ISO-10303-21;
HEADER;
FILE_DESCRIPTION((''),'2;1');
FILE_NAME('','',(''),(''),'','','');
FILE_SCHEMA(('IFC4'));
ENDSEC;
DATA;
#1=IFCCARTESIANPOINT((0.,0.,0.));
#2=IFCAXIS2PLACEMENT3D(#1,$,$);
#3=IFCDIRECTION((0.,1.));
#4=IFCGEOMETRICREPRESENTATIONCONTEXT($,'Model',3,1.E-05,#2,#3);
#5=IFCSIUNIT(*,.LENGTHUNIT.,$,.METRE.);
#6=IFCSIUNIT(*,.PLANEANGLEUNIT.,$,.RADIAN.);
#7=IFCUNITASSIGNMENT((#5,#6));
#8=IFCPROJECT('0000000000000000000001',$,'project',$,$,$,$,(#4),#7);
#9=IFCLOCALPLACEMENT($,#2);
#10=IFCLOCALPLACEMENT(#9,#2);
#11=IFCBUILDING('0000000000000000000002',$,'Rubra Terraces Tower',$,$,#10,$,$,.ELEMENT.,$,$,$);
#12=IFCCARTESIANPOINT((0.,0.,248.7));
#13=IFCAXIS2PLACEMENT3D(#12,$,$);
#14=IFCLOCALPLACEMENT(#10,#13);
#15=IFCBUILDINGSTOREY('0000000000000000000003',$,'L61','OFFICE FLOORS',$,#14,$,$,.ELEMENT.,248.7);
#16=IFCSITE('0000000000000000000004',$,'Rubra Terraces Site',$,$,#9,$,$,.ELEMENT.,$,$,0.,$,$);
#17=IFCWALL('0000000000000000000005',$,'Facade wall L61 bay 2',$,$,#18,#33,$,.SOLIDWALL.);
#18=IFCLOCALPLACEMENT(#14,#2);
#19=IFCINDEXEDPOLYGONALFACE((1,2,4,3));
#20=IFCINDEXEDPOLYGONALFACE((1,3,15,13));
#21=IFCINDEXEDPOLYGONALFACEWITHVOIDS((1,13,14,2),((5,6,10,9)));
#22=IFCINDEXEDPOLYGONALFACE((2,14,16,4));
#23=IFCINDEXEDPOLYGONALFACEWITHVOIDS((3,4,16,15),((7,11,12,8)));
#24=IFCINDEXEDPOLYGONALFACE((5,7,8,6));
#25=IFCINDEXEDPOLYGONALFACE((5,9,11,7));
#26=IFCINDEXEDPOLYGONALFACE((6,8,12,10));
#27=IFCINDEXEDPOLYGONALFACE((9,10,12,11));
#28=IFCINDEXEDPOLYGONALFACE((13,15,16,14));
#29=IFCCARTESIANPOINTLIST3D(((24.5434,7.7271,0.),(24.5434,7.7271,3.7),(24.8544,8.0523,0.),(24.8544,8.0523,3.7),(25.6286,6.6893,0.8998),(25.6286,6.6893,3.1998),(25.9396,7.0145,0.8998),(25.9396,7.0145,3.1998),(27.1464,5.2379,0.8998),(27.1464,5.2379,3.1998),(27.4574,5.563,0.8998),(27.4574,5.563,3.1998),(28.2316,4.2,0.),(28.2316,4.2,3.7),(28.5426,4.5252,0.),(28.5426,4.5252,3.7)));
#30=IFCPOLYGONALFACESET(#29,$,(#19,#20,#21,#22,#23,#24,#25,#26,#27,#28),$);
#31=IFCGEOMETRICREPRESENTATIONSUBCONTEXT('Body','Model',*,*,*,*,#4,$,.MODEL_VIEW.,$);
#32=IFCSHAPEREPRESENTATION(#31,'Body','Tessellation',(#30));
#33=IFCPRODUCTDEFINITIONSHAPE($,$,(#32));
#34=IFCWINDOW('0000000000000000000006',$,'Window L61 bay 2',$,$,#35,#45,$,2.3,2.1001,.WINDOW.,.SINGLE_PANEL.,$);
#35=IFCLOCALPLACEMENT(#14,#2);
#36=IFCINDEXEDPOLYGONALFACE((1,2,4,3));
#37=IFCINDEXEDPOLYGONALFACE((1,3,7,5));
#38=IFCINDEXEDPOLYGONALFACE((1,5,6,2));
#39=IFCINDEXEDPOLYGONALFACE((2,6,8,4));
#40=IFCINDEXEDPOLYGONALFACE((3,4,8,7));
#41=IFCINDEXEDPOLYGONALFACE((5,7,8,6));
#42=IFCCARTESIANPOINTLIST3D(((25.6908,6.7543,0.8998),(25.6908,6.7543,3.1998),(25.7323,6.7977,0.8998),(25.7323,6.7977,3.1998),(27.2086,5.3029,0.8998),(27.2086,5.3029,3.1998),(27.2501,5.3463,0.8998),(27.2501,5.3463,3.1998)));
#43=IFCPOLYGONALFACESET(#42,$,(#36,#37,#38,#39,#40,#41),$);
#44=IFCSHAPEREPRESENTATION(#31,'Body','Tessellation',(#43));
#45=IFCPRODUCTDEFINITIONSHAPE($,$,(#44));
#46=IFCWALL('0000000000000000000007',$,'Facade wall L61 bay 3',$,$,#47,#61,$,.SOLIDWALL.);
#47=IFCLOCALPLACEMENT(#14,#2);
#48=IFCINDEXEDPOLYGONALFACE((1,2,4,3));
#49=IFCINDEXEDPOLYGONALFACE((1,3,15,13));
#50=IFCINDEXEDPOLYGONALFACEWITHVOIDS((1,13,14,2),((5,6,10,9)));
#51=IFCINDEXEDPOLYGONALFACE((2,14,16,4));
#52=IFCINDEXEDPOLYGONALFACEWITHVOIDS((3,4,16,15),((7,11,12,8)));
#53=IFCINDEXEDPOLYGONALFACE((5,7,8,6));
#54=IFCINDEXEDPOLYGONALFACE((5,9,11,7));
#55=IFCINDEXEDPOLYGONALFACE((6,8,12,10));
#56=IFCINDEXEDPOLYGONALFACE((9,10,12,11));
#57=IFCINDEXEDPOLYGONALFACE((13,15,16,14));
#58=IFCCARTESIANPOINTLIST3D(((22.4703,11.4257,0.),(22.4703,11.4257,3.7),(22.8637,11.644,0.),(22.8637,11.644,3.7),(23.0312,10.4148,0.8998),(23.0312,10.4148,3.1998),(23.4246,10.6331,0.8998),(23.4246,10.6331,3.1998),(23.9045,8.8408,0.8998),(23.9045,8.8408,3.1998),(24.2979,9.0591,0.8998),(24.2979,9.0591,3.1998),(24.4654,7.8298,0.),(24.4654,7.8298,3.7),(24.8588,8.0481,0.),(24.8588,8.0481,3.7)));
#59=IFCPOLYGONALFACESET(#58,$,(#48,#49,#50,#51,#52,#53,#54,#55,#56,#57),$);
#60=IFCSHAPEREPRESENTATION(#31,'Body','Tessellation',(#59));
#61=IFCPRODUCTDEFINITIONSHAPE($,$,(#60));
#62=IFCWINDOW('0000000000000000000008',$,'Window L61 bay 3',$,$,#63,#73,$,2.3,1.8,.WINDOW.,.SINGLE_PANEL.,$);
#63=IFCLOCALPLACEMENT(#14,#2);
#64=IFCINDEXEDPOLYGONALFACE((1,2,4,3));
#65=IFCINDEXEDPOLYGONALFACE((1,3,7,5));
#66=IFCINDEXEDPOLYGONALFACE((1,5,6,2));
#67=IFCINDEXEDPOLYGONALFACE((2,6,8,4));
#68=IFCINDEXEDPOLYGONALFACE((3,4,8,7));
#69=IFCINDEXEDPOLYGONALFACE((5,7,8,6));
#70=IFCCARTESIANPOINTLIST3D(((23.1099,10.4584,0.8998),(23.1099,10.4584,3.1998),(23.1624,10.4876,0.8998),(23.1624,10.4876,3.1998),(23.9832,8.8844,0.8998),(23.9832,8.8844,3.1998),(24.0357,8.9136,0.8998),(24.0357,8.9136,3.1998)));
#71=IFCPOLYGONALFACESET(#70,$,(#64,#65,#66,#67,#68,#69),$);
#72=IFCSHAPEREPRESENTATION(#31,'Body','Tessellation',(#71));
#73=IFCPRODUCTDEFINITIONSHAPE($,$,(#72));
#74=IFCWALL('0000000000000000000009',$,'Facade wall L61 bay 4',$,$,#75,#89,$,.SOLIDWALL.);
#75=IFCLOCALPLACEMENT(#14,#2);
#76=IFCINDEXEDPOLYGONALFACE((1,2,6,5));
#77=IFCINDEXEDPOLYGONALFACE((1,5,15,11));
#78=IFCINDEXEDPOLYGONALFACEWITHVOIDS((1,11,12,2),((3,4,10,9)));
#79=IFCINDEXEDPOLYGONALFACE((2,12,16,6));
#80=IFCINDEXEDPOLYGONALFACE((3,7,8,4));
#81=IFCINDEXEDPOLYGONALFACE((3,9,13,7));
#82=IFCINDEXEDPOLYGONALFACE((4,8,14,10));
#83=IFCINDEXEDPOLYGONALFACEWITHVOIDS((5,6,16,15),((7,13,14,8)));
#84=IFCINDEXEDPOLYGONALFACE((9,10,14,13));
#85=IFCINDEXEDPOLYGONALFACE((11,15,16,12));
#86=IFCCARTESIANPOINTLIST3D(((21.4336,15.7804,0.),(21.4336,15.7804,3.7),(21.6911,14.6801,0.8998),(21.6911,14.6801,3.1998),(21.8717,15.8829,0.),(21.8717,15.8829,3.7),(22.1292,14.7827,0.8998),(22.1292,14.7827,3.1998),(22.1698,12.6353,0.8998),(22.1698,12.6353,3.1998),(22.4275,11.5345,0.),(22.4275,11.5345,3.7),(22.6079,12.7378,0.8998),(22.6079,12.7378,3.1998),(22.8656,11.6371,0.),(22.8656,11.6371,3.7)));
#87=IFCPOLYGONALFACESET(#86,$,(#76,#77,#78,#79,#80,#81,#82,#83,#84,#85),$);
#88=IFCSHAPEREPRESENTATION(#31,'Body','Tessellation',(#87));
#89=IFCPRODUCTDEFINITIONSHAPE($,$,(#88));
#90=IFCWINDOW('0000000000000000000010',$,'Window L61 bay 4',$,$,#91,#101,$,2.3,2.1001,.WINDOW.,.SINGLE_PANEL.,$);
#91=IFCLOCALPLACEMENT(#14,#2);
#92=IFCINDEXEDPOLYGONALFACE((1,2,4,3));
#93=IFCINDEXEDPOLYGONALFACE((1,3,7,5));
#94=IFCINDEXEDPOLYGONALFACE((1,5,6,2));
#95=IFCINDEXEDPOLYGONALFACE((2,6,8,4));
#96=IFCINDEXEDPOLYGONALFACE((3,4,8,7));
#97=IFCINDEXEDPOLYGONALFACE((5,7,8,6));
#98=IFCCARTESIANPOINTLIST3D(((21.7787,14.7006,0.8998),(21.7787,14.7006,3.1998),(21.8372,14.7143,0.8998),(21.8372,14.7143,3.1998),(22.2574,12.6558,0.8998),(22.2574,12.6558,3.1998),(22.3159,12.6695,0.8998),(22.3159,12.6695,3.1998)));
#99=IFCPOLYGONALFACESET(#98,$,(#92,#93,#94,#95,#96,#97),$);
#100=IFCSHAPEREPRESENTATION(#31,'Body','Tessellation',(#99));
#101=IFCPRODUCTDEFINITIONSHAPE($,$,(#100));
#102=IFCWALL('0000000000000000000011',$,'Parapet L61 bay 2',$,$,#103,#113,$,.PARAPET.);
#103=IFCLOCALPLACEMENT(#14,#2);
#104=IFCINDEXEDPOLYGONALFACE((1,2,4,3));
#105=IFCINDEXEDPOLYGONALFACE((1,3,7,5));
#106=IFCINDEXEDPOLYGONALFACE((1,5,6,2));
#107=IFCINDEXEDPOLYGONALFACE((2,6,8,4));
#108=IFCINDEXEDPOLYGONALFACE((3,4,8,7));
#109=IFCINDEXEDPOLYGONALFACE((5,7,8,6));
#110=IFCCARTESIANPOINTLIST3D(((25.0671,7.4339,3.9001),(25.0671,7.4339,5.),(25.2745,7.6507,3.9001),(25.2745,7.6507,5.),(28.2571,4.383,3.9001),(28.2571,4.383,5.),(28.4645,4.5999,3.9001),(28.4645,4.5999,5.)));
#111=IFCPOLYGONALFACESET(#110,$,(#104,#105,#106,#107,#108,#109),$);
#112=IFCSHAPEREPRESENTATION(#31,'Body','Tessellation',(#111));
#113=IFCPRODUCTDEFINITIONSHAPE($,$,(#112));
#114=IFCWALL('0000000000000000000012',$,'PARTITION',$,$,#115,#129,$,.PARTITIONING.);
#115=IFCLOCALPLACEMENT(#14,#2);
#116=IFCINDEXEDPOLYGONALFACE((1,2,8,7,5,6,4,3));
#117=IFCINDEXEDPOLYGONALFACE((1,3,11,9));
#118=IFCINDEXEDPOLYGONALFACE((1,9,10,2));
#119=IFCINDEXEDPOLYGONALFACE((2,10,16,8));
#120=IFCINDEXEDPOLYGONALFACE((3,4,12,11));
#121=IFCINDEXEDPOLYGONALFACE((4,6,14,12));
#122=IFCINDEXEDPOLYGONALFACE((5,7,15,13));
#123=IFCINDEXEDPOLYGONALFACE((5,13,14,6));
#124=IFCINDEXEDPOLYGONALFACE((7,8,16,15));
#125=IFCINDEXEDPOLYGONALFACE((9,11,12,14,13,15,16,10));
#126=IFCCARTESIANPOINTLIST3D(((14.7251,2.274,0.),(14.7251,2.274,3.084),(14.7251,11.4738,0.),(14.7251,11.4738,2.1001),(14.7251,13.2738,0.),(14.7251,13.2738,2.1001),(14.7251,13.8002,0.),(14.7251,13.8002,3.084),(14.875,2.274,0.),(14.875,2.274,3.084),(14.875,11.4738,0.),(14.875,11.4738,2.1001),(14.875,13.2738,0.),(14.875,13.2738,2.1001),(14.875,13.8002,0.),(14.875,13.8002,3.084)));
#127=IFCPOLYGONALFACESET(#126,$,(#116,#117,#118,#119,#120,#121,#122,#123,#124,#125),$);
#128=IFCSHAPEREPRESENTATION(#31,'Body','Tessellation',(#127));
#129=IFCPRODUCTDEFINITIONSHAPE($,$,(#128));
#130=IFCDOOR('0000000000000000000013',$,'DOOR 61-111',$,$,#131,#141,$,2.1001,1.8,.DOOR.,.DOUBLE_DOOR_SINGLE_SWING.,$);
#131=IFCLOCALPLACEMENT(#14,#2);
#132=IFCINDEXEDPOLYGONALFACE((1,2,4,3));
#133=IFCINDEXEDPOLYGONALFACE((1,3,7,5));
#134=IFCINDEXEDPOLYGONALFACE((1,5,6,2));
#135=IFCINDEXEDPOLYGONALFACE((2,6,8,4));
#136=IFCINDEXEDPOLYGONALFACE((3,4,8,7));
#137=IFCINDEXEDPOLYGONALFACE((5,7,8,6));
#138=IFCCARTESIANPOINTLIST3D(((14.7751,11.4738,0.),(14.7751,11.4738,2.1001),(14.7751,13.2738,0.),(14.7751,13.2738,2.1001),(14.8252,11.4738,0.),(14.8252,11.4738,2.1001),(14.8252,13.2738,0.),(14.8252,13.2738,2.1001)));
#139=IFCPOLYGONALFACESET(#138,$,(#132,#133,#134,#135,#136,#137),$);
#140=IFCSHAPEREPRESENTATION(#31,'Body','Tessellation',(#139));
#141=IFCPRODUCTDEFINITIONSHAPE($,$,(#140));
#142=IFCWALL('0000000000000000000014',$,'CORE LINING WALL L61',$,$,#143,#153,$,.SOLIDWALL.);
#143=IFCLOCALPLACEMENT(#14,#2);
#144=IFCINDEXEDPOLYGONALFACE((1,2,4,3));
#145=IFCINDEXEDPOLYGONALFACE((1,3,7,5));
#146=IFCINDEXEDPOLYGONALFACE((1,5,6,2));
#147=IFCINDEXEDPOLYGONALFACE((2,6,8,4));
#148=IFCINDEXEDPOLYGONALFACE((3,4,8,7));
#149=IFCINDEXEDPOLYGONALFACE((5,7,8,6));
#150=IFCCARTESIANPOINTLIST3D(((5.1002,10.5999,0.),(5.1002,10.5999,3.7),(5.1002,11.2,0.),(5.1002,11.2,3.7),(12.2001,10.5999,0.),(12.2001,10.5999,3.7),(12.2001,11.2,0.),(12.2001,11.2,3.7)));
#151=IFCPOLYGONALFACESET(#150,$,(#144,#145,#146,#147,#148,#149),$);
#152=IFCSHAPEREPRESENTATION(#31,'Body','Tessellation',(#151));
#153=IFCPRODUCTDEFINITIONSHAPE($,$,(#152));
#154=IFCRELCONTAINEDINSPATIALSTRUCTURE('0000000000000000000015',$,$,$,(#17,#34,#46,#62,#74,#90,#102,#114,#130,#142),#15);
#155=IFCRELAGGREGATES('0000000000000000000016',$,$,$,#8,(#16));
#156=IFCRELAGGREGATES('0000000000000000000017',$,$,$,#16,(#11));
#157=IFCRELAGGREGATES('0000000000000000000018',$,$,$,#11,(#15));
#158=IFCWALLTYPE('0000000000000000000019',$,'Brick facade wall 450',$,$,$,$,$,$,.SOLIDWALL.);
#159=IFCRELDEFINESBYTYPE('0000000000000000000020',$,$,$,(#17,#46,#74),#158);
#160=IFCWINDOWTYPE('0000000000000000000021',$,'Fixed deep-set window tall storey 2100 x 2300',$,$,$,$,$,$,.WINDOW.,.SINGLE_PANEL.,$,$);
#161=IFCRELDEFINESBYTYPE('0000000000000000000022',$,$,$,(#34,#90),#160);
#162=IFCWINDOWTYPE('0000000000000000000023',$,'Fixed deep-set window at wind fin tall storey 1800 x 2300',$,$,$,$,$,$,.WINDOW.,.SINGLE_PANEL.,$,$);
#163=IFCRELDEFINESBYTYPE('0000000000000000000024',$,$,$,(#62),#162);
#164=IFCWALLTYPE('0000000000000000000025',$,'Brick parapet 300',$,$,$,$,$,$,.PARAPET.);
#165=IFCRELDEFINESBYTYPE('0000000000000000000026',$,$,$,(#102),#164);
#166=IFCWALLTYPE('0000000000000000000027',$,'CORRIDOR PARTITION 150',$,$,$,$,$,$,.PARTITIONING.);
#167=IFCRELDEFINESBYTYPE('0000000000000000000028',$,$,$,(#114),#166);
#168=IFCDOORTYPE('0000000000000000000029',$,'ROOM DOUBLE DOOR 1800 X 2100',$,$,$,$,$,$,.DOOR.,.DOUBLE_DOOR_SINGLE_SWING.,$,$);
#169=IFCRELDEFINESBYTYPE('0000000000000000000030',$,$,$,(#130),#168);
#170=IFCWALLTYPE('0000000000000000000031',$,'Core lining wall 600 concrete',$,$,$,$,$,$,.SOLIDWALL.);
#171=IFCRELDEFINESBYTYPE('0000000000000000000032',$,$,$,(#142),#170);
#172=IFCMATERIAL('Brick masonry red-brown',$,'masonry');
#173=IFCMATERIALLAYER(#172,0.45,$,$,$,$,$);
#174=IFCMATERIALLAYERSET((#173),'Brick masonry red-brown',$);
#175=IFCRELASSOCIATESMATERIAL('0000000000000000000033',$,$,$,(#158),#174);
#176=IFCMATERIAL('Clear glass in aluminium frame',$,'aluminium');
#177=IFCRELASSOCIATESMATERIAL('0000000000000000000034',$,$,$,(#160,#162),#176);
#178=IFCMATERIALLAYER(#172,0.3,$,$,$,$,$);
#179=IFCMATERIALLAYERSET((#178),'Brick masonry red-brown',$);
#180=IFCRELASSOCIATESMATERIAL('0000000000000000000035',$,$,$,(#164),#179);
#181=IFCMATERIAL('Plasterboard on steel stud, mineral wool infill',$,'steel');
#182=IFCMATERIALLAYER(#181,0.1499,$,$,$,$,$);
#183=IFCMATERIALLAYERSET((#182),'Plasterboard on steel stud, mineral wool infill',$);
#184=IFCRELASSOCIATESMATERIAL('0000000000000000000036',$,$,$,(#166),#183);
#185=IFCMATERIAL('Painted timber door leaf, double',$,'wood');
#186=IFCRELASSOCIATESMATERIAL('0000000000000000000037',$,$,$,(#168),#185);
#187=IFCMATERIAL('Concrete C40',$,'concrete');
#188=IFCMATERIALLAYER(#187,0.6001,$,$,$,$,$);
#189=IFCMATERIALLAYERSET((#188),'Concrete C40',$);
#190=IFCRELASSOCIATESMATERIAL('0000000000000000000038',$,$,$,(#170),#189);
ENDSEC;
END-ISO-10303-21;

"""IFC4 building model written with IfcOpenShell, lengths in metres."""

from ifc_helpers import new_model, si_unit, direction, frame, frame_2d, origin, place, context, subcontext, project, spatial, rectangle, extrude, material, layer, layer_set, type_object, element, fill, save


model = new_model("IFC4")

# Units and contexts
model_context = context("Model", 3, precision=1e-05, world=origin(), true_north=direction((0.0, 1.0)))
body_context = subcontext(model_context, "Body", "Model", "MODEL_VIEW")
ifc_project = project(units=[si_unit("LENGTHUNIT", "METRE"), si_unit("PLANEANGLEUNIT", "RADIAN")], contexts=[model_context])

# Site, building, storey
site_placement = place(None, origin())
site = spatial("IfcSite", under=ifc_project, at=site_placement, Name="Rubra Terraces Site", CompositionType="ELEMENT", RefElevation=0.0)
building_placement = place(site_placement, origin())
building = spatial("IfcBuilding", under=site, at=building_placement, Name="Rubra Terraces Tower", CompositionType="ELEMENT")
storey_placement = place(building_placement, frame((0.0, 0.0, 248.7)))
storey = spatial("IfcBuildingStorey", under=building, at=storey_placement, Name="L61", Description="OFFICE FLOORS", CompositionType="ELEMENT", Elevation=248.7)

# Walls, openings, windows
ifc_material_1 = material(Name="Brick masonry red-brown", Category="masonry")
ifc_layer_1 = layer(ifc_material_1, 0.45)
ifc_layer_set_1 = layer_set([ifc_layer_1], Name="Brick masonry red-brown")
wall_type_1 = type_object("IfcWallType", Name="Brick facade wall 450", PredefinedType="SOLIDWALL", material=ifc_layer_set_1)
wall_1_placement = place(storey_placement, frame((28.3872, 4.3625, 0.0), z_axis=(0.0, 0.0, 1.0), x_axis=(-0.722718, 0.691143, 0.0)))
wall_1 = element("IfcWall", 1, at=wall_1_placement, inside=storey, type_object=wall_type_1, Name="Facade wall L61 bay 2", PredefinedType="SOLIDWALL", context=body_context, shape_type="SweptSolid", body=[
    extrude(rectangle(XDim=5.1033, YDim=0.45, at=frame_2d((2.5518, 0.0))), origin(), (0.0, 0.0, 1.0), 3.7),
])
opening_1_placement = place(wall_1_placement, frame((1.5017, 0.0, 0.8999)))
opening_1 = element("IfcOpeningElement", 2, at=opening_1_placement, cuts=wall_1, PredefinedType="OPENING", context=body_context, shape_type="SweptSolid", body=[
    extrude(rectangle(XDim=2.1001, YDim=2.3, at=frame_2d((1.05, 1.1499))), frame((0.0, 0.2349, 0.0), z_axis=(0.0, -1.0, 0.0), x_axis=(1.0, 0.0, 0.0)), (0.0, 0.0, 1.0), 0.47),
])
ifc_material_2 = material(Name="Clear glass in aluminium frame", Category="aluminium")
window_type_1 = type_object("IfcWindowType", Name="Fixed deep-set window tall storey 2100 x 2300", PartitioningType="SINGLE_PANEL", PredefinedType="WINDOW", material=ifc_material_2)
window_1_placement = place(opening_1_placement, origin())
window_1 = element("IfcWindow", 3, at=window_1_placement, inside=storey, type_object=window_type_1, Name="Window L61 bay 2", OverallHeight=2.3, OverallWidth=2.1001, PartitioningType="SINGLE_PANEL", PredefinedType="WINDOW", context=body_context, shape_type="SweptSolid", body=[
    extrude(rectangle(XDim=2.1001, YDim=2.3, at=frame_2d((1.05, 1.1499))), frame((0.0, 0.135, 0.0), z_axis=(0.0, -1.0, 0.0), x_axis=(1.0, 0.0, 0.0)), (0.0, 0.0, 1.0), 0.0601),
])
fill(opening_1, window_1)
wall_2_placement = place(storey_placement, frame((24.6621, 7.939, 0.0), z_axis=(0.0, 0.0, 1.0), x_axis=(-0.485154, 0.874429, 0.0)))
wall_2 = element("IfcWall", 4, at=wall_2_placement, inside=storey, type_object=wall_type_1, Name="Facade wall L61 bay 3", PredefinedType="SOLIDWALL", context=body_context, shape_type="SweptSolid", body=[
    extrude(rectangle(XDim=4.1123, YDim=0.45, at=frame_2d((2.0562, 0.0))), origin(), (0.0, 0.0, 1.0), 3.7),
])
opening_2_placement = place(wall_2_placement, frame((1.1562, 0.0, 0.8999)))
opening_2 = element("IfcOpeningElement", 5, at=opening_2_placement, cuts=wall_2, PredefinedType="OPENING", context=body_context, shape_type="SweptSolid", body=[
    extrude(rectangle(XDim=1.8, YDim=2.3, at=frame_2d((0.8999, 1.1499))), frame((0.0, 0.2349, 0.0), z_axis=(0.0, -1.0, 0.0), x_axis=(1.0, 0.0, 0.0)), (0.0, 0.0, 1.0), 0.47),
])
window_type_2 = type_object("IfcWindowType", Name="Fixed deep-set window at wind fin tall storey 1800 x 2300", PartitioningType="SINGLE_PANEL", PredefinedType="WINDOW", material=ifc_material_2)
window_2_placement = place(opening_2_placement, origin())
window_2 = element("IfcWindow", 6, at=window_2_placement, inside=storey, type_object=window_type_2, Name="Window L61 bay 3", OverallHeight=2.3, OverallWidth=1.8, PartitioningType="SINGLE_PANEL", PredefinedType="WINDOW", context=body_context, shape_type="SweptSolid", body=[
    extrude(rectangle(XDim=1.8, YDim=2.3, at=frame_2d((0.8999, 1.1499))), frame((0.0, 0.135, 0.0), z_axis=(0.0, -1.0, 0.0), x_axis=(1.0, 0.0, 0.0)), (0.0, 0.0, 1.0), 0.0601),
])
fill(opening_2, window_2)
wall_3_placement = place(storey_placement, frame((22.6465, 11.5859, 0.0), z_axis=(0.0, 0.0, 1.0), x_axis=(-0.227925, 0.973679, 0.0)))
wall_3 = element("IfcWall", 7, at=wall_3_placement, inside=storey, type_object=wall_type_1, Name="Facade wall L61 bay 4", PredefinedType="SOLIDWALL", context=body_context, shape_type="SweptSolid", body=[
    extrude(rectangle(XDim=4.3606, YDim=0.45, at=frame_2d((2.1802, 0.0))), origin(), (0.0, 0.0, 1.0), 3.7),
])
opening_3_placement = place(wall_3_placement, frame((1.1304, 0.0, 0.8999)))
opening_3 = element("IfcOpeningElement", 8, at=opening_3_placement, cuts=wall_3, PredefinedType="OPENING", context=body_context, shape_type="SweptSolid", body=[
    extrude(rectangle(XDim=2.1001, YDim=2.3, at=frame_2d((1.05, 1.1499))), frame((0.0, 0.2349, 0.0), z_axis=(0.0, -1.0, 0.0), x_axis=(1.0, 0.0, 0.0)), (0.0, 0.0, 1.0), 0.47),
])
window_3_placement = place(opening_3_placement, origin())
window_3 = element("IfcWindow", 9, at=window_3_placement, inside=storey, type_object=window_type_1, Name="Window L61 bay 4", OverallHeight=2.3, OverallWidth=2.1001, PartitioningType="SINGLE_PANEL", PredefinedType="WINDOW", context=body_context, shape_type="SweptSolid", body=[
    extrude(rectangle(XDim=2.1001, YDim=2.3, at=frame_2d((1.05, 1.1499))), frame((0.0, 0.135, 0.0), z_axis=(0.0, -1.0, 0.0), x_axis=(1.0, 0.0, 0.0)), (0.0, 0.0, 1.0), 0.0601),
])
fill(opening_3, window_3)

# Wall
ifc_layer_2 = layer(ifc_material_1, 0.3)
ifc_layer_set_2 = layer_set([ifc_layer_2], Name="Brick masonry red-brown")
wall_type_2 = type_object("IfcWallType", Name="Brick parapet 300", PredefinedType="PARAPET", material=ifc_layer_set_2)
wall_4_placement = place(storey_placement, frame((28.3608, 4.4915, 3.9001), z_axis=(0.0, 0.0, 1.0), x_axis=(-0.722695, 0.691167, 0.0)))
element("IfcWall", 10, at=wall_4_placement, inside=storey, type_object=wall_type_2, Name="Parapet L61 bay 2", PredefinedType="PARAPET", context=body_context, shape_type="SweptSolid", body=[
    extrude(rectangle(XDim=4.4141, YDim=0.3, at=frame_2d((2.207, 0.0))), origin(), (0.0, 0.0, 1.0), 1.0999),
])

# Wall, opening, door
ifc_material_3 = material(Name="Plasterboard on steel stud, mineral wool infill", Category="steel")
ifc_layer_3 = layer(ifc_material_3, 0.1499)
ifc_layer_set_3 = layer_set([ifc_layer_3], Name="Plasterboard on steel stud, mineral wool infill")
wall_type_3 = type_object("IfcWallType", Name="CORRIDOR PARTITION 150", PredefinedType="PARTITIONING", material=ifc_layer_set_3)
wall_5_placement = place(storey_placement, frame((14.8, 2.2739, 0.0), z_axis=(0.0, 0.0, 1.0), x_axis=(0.0, 1.0, 0.0)))
wall_5 = element("IfcWall", 11, at=wall_5_placement, inside=storey, type_object=wall_type_3, Name="PARTITION", PredefinedType="PARTITIONING", context=body_context, shape_type="SweptSolid", body=[
    extrude(rectangle(XDim=11.5261, YDim=0.1499, at=frame_2d((5.7632, 0.0))), origin(), (0.0, 0.0, 1.0), 3.084),
])
opening_4_placement = place(wall_5_placement, frame((9.2, 0.0, 0.0)))
opening_4 = element("IfcOpeningElement", 12, at=opening_4_placement, cuts=wall_5, PredefinedType="OPENING", context=body_context, shape_type="SweptSolid", body=[
    extrude(rectangle(XDim=1.8, YDim=2.1001, at=frame_2d((0.8999, 1.05))), frame((0.0, 0.085, 0.0), z_axis=(0.0, -1.0, 0.0), x_axis=(1.0, 0.0, 0.0)), (0.0, 0.0, 1.0), 0.1699),
])
ifc_material_4 = material(Name="Painted timber door leaf, double", Category="wood")
door_type_1 = type_object("IfcDoorType", Name="ROOM DOUBLE DOOR 1800 X 2100", OperationType="DOUBLE_DOOR_SINGLE_SWING", PredefinedType="DOOR", material=ifc_material_4)
door_1_placement = place(opening_4_placement, origin())
door_1 = element("IfcDoor", 13, at=door_1_placement, inside=storey, type_object=door_type_1, Name="DOOR 61-111", OperationType="DOUBLE_DOOR_SINGLE_SWING", OverallHeight=2.1001, OverallWidth=1.8, PredefinedType="DOOR", context=body_context, shape_type="SweptSolid", body=[
    extrude(rectangle(XDim=1.8, YDim=2.1001, at=frame_2d((0.8999, 1.05))), frame((0.0, 0.0249, 0.0), z_axis=(0.0, -1.0, 0.0), x_axis=(1.0, 0.0, 0.0)), (0.0, 0.0, 1.0), 0.05),
])
fill(opening_4, door_1)

# Wall
ifc_material_5 = material(Name="Concrete C40", Category="concrete")
ifc_layer_4 = layer(ifc_material_5, 0.6001)
ifc_layer_set_4 = layer_set([ifc_layer_4], Name="Concrete C40")
wall_type_4 = type_object("IfcWallType", Name="Core lining wall 600 concrete", PredefinedType="SOLIDWALL", material=ifc_layer_set_4)
wall_6_placement = place(storey_placement, frame((12.2, 10.8999, 0.0), z_axis=(0.0, 0.0, 1.0), x_axis=(-1.0, 0.0, 0.0)))
element("IfcWall", 14, at=wall_6_placement, inside=storey, type_object=wall_type_4, Name="CORE LINING WALL L61", PredefinedType="SOLIDWALL", context=body_context, shape_type="SweptSolid", body=[
    extrude(rectangle(XDim=7.0999, YDim=0.6001, at=frame_2d((3.5498, 0.0))), origin(), (0.0, 0.0, 1.0), 3.7),
])

save(model, "model.ifc")
